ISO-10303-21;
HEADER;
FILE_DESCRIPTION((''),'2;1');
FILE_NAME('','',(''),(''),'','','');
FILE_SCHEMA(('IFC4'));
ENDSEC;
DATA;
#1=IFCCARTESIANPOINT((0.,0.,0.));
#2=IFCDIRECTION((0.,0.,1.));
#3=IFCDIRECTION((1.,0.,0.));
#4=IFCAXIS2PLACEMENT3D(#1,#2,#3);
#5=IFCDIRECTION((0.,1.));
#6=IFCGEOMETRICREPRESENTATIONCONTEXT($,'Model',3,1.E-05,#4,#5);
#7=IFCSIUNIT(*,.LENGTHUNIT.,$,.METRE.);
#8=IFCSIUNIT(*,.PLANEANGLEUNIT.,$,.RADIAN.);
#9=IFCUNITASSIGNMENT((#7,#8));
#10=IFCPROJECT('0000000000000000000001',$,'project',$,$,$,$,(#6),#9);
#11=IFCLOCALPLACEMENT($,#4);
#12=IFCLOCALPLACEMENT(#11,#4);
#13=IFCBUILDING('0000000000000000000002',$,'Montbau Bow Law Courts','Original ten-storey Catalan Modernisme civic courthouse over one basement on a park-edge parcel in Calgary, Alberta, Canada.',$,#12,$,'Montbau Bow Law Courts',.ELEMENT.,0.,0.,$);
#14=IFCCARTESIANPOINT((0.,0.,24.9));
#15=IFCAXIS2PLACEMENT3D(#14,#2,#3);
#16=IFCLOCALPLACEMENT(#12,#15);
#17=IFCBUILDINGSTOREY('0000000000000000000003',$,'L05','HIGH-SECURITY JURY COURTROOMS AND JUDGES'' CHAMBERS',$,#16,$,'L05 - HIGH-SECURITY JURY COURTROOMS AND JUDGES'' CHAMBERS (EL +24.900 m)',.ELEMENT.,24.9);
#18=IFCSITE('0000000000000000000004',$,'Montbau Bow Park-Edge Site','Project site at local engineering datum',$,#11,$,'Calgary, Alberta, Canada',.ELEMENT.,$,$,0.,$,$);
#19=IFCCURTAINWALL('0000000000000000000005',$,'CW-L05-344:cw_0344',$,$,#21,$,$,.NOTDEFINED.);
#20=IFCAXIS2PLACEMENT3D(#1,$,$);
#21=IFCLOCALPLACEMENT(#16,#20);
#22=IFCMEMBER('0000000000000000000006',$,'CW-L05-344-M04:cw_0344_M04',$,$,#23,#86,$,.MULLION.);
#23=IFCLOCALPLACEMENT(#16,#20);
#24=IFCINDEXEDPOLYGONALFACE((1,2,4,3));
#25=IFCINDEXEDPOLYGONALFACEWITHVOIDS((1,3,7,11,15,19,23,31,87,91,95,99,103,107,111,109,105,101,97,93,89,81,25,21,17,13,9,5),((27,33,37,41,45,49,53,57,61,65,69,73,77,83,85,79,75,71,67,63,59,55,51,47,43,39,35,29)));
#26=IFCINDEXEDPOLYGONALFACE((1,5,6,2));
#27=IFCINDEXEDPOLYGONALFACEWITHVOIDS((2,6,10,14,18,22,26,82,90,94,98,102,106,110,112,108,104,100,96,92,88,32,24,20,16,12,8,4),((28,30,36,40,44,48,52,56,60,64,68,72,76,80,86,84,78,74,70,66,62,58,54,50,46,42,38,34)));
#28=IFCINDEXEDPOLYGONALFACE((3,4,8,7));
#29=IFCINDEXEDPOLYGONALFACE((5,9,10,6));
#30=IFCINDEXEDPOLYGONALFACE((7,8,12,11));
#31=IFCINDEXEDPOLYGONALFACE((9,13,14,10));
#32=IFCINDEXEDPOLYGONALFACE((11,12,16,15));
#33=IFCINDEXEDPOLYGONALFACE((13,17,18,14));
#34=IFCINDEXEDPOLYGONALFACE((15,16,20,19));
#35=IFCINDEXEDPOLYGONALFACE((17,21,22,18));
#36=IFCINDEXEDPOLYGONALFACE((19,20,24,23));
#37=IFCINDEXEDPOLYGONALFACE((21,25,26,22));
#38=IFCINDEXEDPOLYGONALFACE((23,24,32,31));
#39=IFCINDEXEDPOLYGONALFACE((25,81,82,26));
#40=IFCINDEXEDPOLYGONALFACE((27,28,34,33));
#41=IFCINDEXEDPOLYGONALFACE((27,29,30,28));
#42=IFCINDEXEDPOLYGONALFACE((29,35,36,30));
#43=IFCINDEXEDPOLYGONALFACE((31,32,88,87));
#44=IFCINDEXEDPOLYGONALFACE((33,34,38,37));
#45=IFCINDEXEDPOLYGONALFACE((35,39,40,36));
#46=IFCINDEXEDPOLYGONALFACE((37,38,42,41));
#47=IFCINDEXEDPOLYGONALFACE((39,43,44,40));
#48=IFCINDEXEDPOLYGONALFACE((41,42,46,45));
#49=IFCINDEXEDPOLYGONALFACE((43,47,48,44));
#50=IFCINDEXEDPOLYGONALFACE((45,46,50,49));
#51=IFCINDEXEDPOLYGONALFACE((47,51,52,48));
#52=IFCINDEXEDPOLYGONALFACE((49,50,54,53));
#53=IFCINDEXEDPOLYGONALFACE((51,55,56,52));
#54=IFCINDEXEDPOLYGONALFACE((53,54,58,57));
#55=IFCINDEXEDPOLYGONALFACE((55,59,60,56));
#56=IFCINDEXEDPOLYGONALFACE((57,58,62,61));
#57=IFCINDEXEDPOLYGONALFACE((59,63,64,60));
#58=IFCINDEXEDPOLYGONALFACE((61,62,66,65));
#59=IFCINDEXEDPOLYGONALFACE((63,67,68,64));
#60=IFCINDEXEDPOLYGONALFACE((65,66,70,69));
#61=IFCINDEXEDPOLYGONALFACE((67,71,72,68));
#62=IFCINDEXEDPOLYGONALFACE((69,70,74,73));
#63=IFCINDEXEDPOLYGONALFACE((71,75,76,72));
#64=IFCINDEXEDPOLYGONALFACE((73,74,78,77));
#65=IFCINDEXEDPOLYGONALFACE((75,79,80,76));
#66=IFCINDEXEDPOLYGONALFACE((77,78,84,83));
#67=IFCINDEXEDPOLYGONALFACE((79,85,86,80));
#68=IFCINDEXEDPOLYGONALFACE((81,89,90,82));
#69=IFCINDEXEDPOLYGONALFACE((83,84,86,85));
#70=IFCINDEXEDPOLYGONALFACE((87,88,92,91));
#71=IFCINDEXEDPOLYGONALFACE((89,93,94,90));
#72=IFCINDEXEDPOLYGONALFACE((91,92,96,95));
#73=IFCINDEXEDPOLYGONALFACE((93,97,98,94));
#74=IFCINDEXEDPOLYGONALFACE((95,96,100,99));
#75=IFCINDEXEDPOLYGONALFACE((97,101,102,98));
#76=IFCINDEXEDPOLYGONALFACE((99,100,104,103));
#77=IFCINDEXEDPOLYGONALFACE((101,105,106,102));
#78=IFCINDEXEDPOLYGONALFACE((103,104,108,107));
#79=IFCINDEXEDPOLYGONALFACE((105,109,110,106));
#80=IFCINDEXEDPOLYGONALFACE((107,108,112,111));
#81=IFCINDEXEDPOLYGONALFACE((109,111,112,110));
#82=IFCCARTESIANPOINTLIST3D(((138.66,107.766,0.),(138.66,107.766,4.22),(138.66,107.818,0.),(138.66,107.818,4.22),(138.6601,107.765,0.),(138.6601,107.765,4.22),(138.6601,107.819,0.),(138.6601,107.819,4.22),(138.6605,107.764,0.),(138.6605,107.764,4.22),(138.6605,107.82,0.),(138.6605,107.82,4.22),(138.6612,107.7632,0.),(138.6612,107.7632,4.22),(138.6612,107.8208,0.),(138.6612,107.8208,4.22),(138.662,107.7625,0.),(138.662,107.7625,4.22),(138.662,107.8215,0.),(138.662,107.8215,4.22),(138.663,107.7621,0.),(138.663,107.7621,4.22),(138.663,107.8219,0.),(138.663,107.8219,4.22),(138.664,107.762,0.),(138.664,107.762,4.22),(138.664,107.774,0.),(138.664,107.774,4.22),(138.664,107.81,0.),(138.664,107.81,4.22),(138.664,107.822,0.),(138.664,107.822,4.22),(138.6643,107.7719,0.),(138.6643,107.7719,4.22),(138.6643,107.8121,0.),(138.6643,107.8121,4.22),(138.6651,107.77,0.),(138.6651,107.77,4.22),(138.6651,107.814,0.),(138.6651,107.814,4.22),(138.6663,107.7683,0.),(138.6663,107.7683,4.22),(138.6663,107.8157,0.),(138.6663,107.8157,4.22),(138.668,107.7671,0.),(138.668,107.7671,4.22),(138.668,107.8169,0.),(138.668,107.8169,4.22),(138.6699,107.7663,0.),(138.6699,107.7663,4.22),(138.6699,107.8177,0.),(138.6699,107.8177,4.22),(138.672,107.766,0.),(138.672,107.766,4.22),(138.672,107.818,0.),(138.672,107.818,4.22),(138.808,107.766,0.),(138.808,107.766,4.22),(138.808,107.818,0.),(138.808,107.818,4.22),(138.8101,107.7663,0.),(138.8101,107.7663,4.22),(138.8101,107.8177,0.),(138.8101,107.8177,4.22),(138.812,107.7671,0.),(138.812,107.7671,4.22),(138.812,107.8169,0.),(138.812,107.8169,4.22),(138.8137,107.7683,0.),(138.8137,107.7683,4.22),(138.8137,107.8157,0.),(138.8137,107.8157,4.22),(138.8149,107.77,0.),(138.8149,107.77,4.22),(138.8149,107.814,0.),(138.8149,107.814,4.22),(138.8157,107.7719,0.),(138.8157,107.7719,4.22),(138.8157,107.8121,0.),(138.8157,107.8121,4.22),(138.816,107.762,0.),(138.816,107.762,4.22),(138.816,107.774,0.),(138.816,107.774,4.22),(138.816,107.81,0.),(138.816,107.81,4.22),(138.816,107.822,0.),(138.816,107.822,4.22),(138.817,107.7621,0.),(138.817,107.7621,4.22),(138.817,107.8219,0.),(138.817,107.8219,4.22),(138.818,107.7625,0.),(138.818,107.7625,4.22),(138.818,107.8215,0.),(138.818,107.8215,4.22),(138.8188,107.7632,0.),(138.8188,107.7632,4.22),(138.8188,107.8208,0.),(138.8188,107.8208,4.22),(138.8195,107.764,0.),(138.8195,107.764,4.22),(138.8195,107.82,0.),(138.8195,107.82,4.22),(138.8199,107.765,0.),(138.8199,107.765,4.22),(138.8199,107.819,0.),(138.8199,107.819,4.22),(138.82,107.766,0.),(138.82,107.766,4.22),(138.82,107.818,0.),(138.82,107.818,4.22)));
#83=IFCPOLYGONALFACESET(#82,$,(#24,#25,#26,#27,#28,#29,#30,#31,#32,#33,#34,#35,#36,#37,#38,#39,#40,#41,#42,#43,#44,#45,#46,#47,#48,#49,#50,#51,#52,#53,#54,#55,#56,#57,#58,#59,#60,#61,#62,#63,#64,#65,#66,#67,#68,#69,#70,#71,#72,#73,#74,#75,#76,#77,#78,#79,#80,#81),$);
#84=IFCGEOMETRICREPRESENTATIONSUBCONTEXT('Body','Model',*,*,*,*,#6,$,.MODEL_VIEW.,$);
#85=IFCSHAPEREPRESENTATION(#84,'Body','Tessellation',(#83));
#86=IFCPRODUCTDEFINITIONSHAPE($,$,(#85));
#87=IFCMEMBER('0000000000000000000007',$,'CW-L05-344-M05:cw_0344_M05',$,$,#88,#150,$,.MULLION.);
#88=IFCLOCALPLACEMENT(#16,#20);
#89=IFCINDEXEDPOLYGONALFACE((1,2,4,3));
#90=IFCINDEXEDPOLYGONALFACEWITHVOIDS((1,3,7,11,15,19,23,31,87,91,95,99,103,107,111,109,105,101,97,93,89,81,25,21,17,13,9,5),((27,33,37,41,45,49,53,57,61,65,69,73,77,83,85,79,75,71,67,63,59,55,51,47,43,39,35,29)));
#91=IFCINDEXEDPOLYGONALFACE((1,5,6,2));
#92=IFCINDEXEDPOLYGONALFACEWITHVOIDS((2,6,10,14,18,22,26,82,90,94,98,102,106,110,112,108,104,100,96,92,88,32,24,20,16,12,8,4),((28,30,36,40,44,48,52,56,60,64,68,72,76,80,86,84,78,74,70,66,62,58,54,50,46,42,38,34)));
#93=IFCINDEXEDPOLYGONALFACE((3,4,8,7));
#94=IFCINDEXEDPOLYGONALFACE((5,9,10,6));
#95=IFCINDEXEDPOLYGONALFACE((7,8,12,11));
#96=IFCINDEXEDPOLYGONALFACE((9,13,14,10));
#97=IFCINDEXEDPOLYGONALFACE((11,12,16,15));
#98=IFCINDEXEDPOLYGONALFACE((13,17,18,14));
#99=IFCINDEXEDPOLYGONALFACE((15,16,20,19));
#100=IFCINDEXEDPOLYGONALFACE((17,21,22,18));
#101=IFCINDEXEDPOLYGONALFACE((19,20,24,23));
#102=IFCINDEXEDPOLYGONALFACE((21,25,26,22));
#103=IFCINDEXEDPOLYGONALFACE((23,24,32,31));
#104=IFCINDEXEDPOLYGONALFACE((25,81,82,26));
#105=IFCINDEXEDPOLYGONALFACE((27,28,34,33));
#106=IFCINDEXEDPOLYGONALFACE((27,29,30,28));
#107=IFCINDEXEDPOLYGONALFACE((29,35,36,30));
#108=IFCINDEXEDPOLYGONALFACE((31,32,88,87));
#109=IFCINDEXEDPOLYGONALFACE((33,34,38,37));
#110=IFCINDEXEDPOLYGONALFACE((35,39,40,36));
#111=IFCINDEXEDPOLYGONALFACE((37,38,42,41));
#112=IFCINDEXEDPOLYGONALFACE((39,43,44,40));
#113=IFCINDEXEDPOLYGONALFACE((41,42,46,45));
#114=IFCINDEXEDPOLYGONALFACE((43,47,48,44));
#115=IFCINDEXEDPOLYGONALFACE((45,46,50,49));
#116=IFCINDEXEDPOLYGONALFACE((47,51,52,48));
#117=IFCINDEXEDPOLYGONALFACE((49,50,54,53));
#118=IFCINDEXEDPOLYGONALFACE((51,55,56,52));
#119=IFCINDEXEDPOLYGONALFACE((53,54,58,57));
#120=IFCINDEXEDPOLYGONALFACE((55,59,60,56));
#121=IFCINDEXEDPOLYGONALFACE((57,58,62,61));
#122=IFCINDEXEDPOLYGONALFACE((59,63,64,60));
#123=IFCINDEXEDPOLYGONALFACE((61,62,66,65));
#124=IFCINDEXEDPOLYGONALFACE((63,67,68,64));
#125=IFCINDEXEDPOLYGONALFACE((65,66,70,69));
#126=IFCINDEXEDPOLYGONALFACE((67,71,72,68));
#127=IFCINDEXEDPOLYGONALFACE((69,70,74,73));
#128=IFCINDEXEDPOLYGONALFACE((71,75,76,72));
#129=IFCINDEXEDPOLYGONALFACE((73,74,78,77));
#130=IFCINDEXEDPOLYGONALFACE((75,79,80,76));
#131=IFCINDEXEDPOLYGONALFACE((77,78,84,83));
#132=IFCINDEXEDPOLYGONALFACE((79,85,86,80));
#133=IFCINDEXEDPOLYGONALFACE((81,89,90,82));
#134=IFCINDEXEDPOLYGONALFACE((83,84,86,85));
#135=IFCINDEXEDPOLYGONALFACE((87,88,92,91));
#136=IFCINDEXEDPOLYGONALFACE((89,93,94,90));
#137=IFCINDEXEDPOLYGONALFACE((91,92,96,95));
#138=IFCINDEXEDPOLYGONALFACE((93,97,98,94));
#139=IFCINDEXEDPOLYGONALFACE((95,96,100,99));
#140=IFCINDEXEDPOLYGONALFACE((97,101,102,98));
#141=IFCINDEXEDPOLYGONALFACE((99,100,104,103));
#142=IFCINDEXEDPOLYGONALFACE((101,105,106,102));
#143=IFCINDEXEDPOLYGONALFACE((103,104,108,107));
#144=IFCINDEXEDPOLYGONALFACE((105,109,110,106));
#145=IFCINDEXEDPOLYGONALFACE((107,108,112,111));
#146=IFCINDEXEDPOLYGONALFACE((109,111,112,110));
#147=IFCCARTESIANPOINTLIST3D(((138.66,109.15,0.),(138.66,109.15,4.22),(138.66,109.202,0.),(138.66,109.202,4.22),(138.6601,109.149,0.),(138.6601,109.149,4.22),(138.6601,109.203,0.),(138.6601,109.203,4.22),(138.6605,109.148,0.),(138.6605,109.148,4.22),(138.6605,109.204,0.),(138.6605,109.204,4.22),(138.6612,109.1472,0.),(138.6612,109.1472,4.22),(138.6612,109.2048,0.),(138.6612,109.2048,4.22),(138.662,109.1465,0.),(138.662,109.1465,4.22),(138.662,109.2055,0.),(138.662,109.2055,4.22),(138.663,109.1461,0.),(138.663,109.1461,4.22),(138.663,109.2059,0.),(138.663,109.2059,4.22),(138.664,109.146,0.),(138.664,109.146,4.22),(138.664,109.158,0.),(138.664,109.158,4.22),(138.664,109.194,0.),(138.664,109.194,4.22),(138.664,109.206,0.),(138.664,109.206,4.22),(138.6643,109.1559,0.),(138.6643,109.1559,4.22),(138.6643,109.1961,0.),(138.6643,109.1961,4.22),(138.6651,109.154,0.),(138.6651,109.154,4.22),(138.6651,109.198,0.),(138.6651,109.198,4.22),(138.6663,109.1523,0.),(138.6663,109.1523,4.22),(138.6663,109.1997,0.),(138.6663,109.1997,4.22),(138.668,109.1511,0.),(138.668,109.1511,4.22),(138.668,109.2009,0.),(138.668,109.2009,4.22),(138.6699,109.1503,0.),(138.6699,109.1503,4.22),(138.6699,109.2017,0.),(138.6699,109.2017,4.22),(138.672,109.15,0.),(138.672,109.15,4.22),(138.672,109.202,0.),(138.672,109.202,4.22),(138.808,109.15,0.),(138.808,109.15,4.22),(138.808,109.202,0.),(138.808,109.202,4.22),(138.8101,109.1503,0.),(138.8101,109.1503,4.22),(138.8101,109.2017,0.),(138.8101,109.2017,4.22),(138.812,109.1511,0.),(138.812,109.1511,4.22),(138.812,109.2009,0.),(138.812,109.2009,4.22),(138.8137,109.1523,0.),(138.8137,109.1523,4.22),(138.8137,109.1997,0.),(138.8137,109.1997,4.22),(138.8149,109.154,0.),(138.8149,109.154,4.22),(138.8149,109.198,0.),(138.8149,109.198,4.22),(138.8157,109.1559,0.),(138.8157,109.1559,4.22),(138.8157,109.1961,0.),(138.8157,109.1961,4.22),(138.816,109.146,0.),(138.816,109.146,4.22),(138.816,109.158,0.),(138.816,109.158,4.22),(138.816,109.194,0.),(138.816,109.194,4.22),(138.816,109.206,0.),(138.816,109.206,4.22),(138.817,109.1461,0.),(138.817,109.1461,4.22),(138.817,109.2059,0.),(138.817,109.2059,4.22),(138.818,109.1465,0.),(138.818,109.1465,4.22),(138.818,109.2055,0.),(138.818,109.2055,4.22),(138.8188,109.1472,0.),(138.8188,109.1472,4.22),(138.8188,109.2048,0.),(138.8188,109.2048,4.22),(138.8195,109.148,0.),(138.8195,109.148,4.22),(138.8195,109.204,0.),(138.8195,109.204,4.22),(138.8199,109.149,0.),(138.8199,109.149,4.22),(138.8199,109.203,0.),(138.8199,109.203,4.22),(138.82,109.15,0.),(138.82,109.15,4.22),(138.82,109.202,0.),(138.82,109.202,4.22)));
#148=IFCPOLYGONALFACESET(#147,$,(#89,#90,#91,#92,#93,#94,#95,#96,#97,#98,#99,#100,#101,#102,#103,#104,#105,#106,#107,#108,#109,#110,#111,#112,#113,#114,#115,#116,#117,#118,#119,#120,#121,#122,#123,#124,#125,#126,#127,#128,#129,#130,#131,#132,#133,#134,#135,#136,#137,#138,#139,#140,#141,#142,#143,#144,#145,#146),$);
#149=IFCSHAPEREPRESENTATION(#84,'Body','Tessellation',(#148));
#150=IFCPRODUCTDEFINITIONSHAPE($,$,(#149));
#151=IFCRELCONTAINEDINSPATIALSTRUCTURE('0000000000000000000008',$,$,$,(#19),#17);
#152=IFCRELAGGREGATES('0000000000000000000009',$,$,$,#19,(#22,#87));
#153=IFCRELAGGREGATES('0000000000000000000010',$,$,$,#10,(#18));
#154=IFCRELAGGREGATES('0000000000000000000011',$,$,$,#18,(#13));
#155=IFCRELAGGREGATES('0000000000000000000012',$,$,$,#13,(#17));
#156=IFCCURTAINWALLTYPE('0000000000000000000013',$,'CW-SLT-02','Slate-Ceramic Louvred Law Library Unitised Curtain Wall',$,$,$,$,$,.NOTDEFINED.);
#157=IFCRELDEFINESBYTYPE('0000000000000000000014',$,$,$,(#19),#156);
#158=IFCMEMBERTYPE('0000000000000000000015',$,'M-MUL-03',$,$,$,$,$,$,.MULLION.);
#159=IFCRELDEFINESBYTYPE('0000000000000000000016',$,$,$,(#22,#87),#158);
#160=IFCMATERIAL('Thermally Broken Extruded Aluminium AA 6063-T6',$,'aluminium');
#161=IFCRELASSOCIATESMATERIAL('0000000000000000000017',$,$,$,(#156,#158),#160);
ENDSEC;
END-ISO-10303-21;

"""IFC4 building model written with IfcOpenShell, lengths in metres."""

from ifc_helpers import new_model, si_unit, direction, frame, origin_with_axes, origin_2d_with_axis, place, context, subcontext, project, spatial, hollow_rectangle, extrude, material, material_profile, profile_set, type_object, element, aggregate, save


model = new_model("IFC4")

# Units and contexts
model_context = context("Model", 3, precision=1e-05, world=origin_with_axes(), true_north=direction((0.0, 1.0)))
body_context = subcontext(model_context, "Body", "Model", "MODEL_VIEW")
ifc_project = project(units=[si_unit("LENGTHUNIT", "METRE"), si_unit("PLANEANGLEUNIT", "RADIAN")], contexts=[model_context])

# Site, building, storey
site_placement = place(None, origin_with_axes())
site = spatial("IfcSite", under=ifc_project, at=site_placement, Name="Montbau Bow Park-Edge Site", Description="Project site at local engineering datum", LongName="Calgary, Alberta, Canada", CompositionType="ELEMENT", RefElevation=0.0)
building_placement = place(site_placement, origin_with_axes())
building = spatial("IfcBuilding", under=site, at=building_placement, Name="Montbau Bow Law Courts", Description="Original ten-storey Catalan Modernisme civic courthouse over one basement on a park-edge parcel in Calgary, Alberta, Canada.", LongName="Montbau Bow Law Courts", CompositionType="ELEMENT", ElevationOfRefHeight=0.0, ElevationOfTerrain=0.0)
storey_placement = place(building_placement, frame((0.0, 0.0, 24.9), z_axis=(0.0, 0.0, 1.0), x_axis=(1.0, 0.0, 0.0)))
storey = spatial("IfcBuildingStorey", under=building, at=storey_placement, Name="L05", Description="HIGH-SECURITY JURY COURTROOMS AND JUDGES' CHAMBERS", LongName="L05 - HIGH-SECURITY JURY COURTROOMS AND JUDGES' CHAMBERS (EL +24.900 m)", CompositionType="ELEMENT", Elevation=24.9)

# Shared definitions
ifc_material_1 = material(Name="Thermally Broken Extruded Aluminium AA 6063-T6", Category="aluminium")
curtain_wall_type = type_object("IfcCurtainWallType", Name="CW-SLT-02", Description="Slate-Ceramic Louvred Law Library Unitised Curtain Wall", PredefinedType="NOTDEFINED", material=ifc_material_1)

# Curtain wall, members
curtain_wall_1_placement = place(None, frame((138.74, 103.64, 24.9), z_axis=(0.0, 0.0, 1.0), x_axis=(1.0, 0.0, 0.0)))
curtain_wall_1 = element("IfcCurtainWall", 1, at=curtain_wall_1_placement, inside=storey, type_object=curtain_wall_type, Name="CW-L05-344:cw_0344", PredefinedType="NOTDEFINED")
ifc_material_profile_1 = material_profile(ifc_material_1, hollow_rectangle(XDim=0.06, YDim=0.16, WallThickness=0.004, InnerFilletRadius=0.008, OuterFilletRadius=0.004, at=origin_2d_with_axis()), Name="CWM-160X60", Category="Main", Priority=0)
ifc_profile_set_1 = profile_set([ifc_material_profile_1], Name="Thermally Broken Extruded Aluminium AA 6063-T6")
member_type_1 = type_object("IfcMemberType", Name="M-MUL-03", PredefinedType="MULLION", material=ifc_profile_set_1)
member_1_placement = place(None, frame((138.74, 107.792, 24.9), z_axis=(0.0, 0.0, 1.0), x_axis=(0.0, 1.0, 0.0)))
member_1 = element("IfcMember", 2, at=member_1_placement, type_object=member_type_1, Name="CW-L05-344-M04:cw_0344_M04", PredefinedType="MULLION", context=body_context, shape_type="SweptSolid", body=[
    extrude(hollow_rectangle(XDim=0.06, YDim=0.16, WallThickness=0.004, InnerFilletRadius=0.008, OuterFilletRadius=0.004, at=origin_2d_with_axis()), origin_with_axes(), (0.0, 0.0, 1.0), 4.22),
])
member_2_placement = place(None, frame((138.74, 109.176, 24.9), z_axis=(0.0, 0.0, 1.0), x_axis=(0.0, 1.0, 0.0)))
member_2 = element("IfcMember", 3, at=member_2_placement, type_object=member_type_1, Name="CW-L05-344-M05:cw_0344_M05", PredefinedType="MULLION", context=body_context, shape_type="SweptSolid", body=[
    extrude(hollow_rectangle(XDim=0.06, YDim=0.16, WallThickness=0.004, InnerFilletRadius=0.008, OuterFilletRadius=0.004, at=origin_2d_with_axis()), origin_with_axes(), (0.0, 0.0, 1.0), 4.22),
])

aggregate(curtain_wall_1, [member_1, member_2])

save(model, "model.ifc")
